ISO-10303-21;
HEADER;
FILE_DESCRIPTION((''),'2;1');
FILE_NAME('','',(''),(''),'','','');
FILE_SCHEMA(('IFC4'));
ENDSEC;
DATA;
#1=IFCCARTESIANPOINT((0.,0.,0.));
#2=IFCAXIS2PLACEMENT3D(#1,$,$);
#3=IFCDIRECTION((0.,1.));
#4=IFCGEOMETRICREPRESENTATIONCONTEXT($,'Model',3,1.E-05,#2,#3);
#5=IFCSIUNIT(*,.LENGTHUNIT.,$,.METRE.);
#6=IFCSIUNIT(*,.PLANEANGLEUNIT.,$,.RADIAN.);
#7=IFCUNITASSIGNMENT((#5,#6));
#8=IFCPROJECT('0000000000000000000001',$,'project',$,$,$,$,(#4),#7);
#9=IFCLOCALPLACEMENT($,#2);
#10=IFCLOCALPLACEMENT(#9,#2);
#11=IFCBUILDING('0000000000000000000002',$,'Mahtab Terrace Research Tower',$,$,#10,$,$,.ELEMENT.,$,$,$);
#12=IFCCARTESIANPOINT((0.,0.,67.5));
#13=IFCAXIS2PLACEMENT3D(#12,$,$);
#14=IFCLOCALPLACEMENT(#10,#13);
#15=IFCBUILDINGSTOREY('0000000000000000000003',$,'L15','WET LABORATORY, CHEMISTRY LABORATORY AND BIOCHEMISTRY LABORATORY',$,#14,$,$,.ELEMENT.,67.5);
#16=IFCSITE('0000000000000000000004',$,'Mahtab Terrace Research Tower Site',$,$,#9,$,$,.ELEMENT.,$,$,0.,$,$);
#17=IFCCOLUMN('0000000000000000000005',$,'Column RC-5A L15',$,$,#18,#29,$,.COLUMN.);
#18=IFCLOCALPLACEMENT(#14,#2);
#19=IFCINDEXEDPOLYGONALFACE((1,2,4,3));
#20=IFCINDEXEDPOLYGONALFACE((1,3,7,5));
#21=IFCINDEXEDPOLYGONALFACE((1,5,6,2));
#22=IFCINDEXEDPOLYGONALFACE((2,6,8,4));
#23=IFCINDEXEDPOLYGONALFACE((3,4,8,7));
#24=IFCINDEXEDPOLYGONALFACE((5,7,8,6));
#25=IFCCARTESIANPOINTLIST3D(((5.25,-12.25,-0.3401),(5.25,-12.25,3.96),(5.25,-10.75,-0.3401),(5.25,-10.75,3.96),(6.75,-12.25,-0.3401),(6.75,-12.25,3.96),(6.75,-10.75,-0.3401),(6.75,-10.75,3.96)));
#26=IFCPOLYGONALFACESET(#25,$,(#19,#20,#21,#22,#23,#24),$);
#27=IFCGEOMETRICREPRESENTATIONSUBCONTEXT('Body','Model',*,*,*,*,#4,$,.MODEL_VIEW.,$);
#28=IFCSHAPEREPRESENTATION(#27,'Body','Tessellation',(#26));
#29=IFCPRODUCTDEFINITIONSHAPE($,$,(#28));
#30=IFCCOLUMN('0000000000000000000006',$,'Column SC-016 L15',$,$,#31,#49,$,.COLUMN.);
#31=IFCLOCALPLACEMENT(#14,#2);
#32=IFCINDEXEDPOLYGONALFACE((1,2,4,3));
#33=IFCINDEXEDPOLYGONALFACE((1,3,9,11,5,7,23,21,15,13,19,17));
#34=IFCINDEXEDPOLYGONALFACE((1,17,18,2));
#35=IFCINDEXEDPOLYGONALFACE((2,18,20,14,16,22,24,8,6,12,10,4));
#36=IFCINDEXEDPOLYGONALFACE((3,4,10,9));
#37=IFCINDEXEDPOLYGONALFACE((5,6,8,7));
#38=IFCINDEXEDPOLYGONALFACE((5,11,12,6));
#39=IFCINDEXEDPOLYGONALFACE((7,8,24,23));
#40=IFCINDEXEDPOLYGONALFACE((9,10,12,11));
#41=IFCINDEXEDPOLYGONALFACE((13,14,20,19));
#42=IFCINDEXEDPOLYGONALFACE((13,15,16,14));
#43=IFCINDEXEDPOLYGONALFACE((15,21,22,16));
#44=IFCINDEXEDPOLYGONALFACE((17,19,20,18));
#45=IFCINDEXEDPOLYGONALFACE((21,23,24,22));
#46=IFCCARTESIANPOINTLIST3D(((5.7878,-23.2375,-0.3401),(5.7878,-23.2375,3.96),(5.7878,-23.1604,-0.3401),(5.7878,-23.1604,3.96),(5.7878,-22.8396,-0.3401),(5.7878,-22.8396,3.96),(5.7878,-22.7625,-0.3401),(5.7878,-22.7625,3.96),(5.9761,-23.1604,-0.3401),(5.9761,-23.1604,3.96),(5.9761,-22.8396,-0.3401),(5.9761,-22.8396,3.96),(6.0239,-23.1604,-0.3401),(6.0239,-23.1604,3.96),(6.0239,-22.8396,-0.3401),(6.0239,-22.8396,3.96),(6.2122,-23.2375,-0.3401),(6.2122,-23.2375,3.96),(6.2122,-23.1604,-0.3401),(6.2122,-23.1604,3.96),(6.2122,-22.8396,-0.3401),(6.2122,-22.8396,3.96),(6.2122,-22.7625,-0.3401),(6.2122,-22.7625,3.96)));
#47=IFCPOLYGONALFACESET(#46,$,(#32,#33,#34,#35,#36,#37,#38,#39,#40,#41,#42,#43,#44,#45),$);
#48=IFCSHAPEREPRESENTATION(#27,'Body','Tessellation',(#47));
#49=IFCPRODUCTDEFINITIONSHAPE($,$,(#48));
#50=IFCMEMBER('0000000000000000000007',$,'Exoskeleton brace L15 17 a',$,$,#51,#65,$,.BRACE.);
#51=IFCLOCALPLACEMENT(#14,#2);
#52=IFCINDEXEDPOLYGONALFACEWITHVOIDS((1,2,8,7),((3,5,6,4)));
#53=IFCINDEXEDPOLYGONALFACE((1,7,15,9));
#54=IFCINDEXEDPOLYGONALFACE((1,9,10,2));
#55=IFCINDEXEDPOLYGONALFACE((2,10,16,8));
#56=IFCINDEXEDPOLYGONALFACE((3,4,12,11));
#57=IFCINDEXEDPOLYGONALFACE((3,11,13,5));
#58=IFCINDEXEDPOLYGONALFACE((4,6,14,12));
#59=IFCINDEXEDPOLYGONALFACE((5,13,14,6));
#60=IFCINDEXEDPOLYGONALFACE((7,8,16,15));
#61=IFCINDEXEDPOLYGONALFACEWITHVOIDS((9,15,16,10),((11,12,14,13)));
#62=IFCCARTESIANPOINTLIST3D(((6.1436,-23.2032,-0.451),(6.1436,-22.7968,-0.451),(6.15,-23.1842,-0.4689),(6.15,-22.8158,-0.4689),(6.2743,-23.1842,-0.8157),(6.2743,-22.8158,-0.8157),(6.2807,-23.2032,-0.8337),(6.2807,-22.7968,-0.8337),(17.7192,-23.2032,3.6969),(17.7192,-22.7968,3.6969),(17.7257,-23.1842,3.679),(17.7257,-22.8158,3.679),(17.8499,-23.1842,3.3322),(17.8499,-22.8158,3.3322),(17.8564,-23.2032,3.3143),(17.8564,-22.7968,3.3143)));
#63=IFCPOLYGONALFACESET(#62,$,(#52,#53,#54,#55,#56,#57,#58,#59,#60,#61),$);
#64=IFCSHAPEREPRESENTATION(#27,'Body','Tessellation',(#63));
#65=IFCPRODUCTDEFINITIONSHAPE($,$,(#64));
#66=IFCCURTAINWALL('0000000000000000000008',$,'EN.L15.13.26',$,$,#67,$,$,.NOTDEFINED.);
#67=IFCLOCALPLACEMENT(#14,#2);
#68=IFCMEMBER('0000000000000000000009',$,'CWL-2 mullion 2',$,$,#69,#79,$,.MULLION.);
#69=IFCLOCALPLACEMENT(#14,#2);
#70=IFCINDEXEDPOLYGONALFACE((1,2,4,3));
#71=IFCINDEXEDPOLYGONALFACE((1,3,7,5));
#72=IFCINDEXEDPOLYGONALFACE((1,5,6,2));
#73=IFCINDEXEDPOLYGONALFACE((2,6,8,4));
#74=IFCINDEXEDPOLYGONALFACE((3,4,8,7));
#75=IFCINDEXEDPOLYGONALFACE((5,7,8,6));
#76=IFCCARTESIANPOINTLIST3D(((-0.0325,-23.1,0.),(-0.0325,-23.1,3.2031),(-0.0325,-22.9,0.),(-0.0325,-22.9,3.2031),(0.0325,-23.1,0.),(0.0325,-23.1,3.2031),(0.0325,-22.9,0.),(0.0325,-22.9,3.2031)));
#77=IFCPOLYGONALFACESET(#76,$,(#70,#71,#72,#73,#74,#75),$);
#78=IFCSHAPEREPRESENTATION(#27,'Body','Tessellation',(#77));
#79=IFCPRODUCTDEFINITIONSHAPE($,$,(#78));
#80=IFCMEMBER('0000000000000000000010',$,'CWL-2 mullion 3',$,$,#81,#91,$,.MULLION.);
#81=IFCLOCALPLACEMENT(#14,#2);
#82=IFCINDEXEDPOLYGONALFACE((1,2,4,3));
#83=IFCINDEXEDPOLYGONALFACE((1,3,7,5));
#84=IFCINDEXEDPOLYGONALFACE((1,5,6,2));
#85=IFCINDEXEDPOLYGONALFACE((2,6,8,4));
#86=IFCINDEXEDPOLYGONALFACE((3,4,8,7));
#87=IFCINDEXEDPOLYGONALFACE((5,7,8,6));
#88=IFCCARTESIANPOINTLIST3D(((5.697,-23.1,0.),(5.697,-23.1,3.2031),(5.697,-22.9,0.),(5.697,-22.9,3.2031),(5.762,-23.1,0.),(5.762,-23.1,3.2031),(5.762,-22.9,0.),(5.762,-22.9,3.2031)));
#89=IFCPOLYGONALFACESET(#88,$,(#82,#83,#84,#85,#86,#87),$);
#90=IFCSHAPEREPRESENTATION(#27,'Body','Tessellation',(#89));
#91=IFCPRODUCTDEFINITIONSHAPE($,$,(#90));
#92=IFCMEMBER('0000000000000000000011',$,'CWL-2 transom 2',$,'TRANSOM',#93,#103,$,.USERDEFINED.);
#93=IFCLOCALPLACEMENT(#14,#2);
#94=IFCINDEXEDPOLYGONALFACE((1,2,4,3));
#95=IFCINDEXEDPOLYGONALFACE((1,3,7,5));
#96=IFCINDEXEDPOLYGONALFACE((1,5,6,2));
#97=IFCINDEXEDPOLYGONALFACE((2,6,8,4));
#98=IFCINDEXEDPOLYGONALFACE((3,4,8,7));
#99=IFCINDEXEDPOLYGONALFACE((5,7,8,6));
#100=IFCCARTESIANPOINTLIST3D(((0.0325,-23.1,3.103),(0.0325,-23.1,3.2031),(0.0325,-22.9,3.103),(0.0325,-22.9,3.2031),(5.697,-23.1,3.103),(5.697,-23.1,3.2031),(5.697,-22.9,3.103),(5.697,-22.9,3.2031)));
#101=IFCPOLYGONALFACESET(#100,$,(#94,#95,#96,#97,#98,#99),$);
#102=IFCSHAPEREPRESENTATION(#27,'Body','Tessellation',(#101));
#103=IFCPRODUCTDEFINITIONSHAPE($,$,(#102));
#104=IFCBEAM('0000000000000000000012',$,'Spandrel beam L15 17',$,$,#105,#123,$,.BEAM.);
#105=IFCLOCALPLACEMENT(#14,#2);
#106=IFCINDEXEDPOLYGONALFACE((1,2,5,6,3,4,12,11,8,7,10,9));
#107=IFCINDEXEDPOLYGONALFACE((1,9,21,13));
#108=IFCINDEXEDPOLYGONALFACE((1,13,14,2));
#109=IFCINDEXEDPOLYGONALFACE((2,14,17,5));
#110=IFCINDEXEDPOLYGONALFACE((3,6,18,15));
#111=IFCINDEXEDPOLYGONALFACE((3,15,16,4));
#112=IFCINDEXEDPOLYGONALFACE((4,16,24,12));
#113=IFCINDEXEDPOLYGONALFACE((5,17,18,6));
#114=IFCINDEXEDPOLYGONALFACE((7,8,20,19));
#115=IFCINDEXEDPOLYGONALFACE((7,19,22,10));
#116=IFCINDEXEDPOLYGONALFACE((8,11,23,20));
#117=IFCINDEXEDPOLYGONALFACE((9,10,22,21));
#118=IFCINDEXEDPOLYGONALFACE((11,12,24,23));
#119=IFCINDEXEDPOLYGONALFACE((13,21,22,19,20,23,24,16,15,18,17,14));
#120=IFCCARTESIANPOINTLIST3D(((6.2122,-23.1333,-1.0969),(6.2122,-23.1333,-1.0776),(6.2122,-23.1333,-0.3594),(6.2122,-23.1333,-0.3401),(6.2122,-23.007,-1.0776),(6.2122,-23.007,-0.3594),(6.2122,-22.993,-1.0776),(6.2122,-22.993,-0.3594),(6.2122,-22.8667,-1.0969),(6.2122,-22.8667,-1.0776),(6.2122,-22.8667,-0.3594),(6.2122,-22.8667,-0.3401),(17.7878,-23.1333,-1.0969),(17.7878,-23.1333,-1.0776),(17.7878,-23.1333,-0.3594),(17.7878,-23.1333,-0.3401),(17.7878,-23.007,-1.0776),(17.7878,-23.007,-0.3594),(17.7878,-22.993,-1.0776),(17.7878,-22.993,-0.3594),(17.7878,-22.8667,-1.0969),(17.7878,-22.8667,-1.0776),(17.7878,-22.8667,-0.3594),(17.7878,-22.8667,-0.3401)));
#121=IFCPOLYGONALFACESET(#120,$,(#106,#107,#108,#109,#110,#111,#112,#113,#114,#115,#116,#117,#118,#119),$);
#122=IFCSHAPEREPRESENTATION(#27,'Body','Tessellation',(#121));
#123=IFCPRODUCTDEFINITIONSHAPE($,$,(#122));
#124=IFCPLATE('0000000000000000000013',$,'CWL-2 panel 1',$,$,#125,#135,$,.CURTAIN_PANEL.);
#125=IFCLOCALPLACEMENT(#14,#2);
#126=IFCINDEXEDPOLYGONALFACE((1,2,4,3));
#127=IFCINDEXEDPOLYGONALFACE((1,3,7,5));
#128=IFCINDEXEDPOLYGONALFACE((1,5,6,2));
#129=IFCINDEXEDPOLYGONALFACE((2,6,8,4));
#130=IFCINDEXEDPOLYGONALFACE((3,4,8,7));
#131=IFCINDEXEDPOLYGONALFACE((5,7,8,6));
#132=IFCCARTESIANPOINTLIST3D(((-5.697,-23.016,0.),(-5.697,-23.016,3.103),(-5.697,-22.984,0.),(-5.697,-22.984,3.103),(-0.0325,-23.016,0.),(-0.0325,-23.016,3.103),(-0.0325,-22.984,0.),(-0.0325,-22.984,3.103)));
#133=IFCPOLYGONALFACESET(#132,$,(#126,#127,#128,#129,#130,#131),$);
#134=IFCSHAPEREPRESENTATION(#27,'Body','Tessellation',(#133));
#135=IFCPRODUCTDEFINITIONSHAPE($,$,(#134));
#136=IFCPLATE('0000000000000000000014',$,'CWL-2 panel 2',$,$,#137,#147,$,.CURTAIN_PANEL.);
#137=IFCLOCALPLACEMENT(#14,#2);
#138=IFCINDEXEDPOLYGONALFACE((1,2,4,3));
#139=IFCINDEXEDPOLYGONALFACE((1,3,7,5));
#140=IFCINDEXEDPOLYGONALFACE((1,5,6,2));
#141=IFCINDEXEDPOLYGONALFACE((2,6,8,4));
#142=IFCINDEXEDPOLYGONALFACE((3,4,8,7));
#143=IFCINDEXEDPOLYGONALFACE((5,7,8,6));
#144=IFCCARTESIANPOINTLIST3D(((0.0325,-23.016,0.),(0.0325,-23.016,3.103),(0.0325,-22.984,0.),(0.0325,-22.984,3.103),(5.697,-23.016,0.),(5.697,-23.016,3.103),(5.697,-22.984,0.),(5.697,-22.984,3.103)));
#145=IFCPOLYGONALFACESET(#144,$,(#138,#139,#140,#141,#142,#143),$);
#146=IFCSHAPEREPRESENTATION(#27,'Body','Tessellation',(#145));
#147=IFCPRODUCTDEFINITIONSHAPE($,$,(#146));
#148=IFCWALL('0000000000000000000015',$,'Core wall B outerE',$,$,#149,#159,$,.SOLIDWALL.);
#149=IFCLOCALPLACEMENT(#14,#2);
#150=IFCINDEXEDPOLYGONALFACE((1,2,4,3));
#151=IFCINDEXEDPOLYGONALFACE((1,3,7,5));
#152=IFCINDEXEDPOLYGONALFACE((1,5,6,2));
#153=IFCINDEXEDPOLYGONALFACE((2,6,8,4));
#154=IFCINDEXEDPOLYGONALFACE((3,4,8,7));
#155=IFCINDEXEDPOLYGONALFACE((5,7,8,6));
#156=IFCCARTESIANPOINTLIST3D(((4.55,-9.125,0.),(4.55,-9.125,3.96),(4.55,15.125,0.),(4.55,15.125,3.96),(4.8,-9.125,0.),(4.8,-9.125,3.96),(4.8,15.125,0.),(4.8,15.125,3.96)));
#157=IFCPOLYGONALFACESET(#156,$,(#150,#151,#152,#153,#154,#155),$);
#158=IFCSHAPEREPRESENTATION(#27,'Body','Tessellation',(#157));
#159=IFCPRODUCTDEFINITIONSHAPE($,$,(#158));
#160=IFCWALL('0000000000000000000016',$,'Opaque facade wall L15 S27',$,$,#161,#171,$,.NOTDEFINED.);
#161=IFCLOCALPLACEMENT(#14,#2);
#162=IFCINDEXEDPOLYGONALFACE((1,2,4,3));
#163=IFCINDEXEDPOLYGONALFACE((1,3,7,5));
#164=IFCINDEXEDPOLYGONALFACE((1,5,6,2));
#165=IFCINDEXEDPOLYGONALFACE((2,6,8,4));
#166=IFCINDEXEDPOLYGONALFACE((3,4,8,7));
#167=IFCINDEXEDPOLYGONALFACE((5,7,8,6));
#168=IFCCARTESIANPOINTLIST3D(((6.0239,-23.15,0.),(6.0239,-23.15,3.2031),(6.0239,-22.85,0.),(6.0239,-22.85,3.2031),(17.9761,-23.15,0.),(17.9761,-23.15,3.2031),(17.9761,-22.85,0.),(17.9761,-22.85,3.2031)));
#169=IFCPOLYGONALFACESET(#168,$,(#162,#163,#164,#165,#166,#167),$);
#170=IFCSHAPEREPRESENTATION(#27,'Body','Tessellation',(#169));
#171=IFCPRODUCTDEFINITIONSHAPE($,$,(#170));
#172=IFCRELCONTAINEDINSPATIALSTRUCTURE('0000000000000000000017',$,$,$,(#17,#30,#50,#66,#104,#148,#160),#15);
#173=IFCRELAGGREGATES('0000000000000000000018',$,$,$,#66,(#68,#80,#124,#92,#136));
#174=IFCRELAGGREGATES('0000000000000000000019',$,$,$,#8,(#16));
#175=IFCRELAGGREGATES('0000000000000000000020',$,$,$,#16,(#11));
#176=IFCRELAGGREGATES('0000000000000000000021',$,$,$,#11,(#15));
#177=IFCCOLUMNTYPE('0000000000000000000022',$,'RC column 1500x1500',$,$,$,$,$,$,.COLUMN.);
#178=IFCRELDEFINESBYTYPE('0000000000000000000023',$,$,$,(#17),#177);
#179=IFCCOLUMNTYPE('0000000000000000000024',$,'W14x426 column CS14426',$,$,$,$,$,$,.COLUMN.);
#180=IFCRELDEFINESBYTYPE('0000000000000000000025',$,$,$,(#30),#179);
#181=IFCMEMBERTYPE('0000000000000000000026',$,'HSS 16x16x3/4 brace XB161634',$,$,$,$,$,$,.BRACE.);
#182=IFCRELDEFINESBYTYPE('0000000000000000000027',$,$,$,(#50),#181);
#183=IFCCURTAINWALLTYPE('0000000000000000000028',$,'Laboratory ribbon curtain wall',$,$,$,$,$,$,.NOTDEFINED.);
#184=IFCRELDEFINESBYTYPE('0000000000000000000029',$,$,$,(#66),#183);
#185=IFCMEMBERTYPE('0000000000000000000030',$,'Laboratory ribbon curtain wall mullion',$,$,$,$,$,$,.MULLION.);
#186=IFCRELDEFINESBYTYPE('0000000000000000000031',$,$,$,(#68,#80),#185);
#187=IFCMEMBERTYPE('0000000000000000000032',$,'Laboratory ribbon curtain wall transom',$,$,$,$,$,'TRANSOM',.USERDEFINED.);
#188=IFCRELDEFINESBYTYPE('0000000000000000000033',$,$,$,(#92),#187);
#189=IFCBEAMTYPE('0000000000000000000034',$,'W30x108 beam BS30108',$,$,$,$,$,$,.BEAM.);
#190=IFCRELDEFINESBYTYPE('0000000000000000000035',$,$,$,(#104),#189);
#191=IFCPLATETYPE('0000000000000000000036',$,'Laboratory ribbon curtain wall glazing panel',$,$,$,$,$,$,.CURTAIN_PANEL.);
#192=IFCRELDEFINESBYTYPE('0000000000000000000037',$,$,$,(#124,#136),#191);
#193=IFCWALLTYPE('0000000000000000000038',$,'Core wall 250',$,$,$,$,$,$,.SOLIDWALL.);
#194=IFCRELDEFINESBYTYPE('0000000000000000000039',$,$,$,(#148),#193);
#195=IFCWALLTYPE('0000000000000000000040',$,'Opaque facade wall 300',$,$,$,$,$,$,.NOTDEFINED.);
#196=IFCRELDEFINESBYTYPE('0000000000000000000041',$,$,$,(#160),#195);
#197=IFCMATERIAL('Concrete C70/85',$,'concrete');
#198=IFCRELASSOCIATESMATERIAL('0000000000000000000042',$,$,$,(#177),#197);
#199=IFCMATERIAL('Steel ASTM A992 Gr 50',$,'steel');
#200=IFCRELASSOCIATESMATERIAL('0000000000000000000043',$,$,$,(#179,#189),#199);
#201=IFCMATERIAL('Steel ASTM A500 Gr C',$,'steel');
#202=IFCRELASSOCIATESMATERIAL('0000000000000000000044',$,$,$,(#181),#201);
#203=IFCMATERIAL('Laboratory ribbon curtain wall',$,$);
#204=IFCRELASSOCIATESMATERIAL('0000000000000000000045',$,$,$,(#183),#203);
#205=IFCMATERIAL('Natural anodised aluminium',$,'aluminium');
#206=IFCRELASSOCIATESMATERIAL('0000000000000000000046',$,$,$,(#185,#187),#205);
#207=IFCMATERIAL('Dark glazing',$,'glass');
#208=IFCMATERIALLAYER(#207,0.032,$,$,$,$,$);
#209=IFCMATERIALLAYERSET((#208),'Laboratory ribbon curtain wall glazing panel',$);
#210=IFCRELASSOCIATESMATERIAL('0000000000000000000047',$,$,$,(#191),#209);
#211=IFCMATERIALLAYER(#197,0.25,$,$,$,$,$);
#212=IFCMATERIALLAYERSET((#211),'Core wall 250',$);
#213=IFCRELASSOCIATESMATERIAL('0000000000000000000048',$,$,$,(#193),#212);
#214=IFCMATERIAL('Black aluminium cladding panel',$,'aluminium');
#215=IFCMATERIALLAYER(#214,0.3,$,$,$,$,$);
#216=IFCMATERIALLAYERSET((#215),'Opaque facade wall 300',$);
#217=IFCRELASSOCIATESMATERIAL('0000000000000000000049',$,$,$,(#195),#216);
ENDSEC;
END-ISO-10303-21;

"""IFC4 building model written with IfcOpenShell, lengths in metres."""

from ifc_helpers import new_model, si_unit, direction, frame, frame_2d, origin, origin_2d, place, context, subcontext, project, spatial, rectangle, hollow_rectangle, i_section, extrude, material, layer, layer_set, material_profile, profile_set, type_object, element, aggregate, save


model = new_model("IFC4")

# Units and contexts
model_context = context("Model", 3, precision=1e-05, world=origin(), true_north=direction((0.0, 1.0)))
body_context = subcontext(model_context, "Body", "Model", "MODEL_VIEW")
ifc_project = project(units=[si_unit("LENGTHUNIT", "METRE"), si_unit("PLANEANGLEUNIT", "RADIAN")], contexts=[model_context])

# Site, building, storey
site_placement = place(None, origin())
site = spatial("IfcSite", under=ifc_project, at=site_placement, Name="Mahtab Terrace Research Tower Site", CompositionType="ELEMENT", RefElevation=0.0)
building_placement = place(site_placement, origin())
building = spatial("IfcBuilding", under=site, at=building_placement, Name="Mahtab Terrace Research Tower", CompositionType="ELEMENT")
storey_placement = place(building_placement, frame((0.0, 0.0, 67.5)))
storey = spatial("IfcBuildingStorey", under=building, at=storey_placement, Name="L15", Description="WET LABORATORY, CHEMISTRY LABORATORY AND BIOCHEMISTRY LABORATORY", CompositionType="ELEMENT", Elevation=67.5)

# Columns
ifc_material_1 = material(Name="Concrete C70/85", Category="concrete")
ifc_material_profile_1 = material_profile(ifc_material_1, rectangle(XDim=1.5, YDim=1.5, at=origin_2d()), Name="RC column 1500x1500")
ifc_profile_set_1 = profile_set([ifc_material_profile_1], Name="Concrete C70/85")
column_type_1 = type_object("IfcColumnType", Name="RC column 1500x1500", PredefinedType="COLUMN", material=ifc_profile_set_1)
column_1_placement = place(storey_placement, frame((6.0, -11.5, -0.3401), z_axis=(0.0, 0.0, 1.0), x_axis=(1.0, 0.0, 0.0)))
element("IfcColumn", 1, at=column_1_placement, inside=storey, type_object=column_type_1, Name="Column RC-5A L15", PredefinedType="COLUMN", context=body_context, shape_type="SweptSolid", body=[
    extrude(rectangle(XDim=1.5, YDim=1.5, at=origin_2d()), origin(), (0.0, 0.0, 1.0), 4.3),
])
ifc_material_2 = material(Name="Steel ASTM A992 Gr 50", Category="steel")
ifc_material_profile_2 = material_profile(ifc_material_2, i_section(OverallWidth=0.4243, OverallDepth=0.4751, WebThickness=0.0479, FlangeThickness=0.0771, at=origin_2d()), Name="W14X426")
ifc_profile_set_2 = profile_set([ifc_material_profile_2], Name="Steel ASTM A992 Gr 50")
column_type_2 = type_object("IfcColumnType", Name="W14x426 column CS14426", PredefinedType="COLUMN", material=ifc_profile_set_2)
column_2_placement = place(storey_placement, frame((6.0, -23.0, -0.3401), z_axis=(0.0, 0.0, 1.0), x_axis=(1.0, 0.0, 0.0)))
element("IfcColumn", 2, at=column_2_placement, inside=storey, type_object=column_type_2, Name="Column SC-016 L15", PredefinedType="COLUMN", context=body_context, shape_type="SweptSolid", body=[
    extrude(i_section(OverallWidth=0.4243, OverallDepth=0.4751, WebThickness=0.0479, FlangeThickness=0.0771, at=origin_2d()), origin(), (0.0, 0.0, 1.0), 4.3),
])

# Member
ifc_material_3 = material(Name="Steel ASTM A500 Gr C", Category="steel")
ifc_material_profile_3 = material_profile(ifc_material_3, hollow_rectangle(XDim=0.4065, YDim=0.4065, WallThickness=0.019, at=origin_2d()), Name="HSS16X16X3/4")
ifc_profile_set_3 = profile_set([ifc_material_profile_3], Name="Steel ASTM A500 Gr C")
member_type_1 = type_object("IfcMemberType", Name="HSS 16x16x3/4 brace XB161634", PredefinedType="BRACE", material=ifc_profile_set_3)
member_1_placement = place(storey_placement, frame((6.2122, -23.0, -0.6423), z_axis=(0.941387, 0.0, 0.33733), x_axis=(0.0, 1.0, 0.0)))
element("IfcMember", 3, at=member_1_placement, inside=storey, type_object=member_type_1, Name="Exoskeleton brace L15 17 a", PredefinedType="BRACE", context=body_context, shape_type="SweptSolid", body=[
    extrude(hollow_rectangle(XDim=0.4065, YDim=0.4065, WallThickness=0.019, at=origin_2d()), origin(), (0.0, 0.0, 1.0), 12.2964),
])

# Curtain wall, members
ifc_material_4 = material(Name="Laboratory ribbon curtain wall")
curtain_wall_type = type_object("IfcCurtainWallType", Name="Laboratory ribbon curtain wall", PredefinedType="NOTDEFINED", material=ifc_material_4)
curtain_wall_placement = place(storey_placement, origin())
curtain_wall = element("IfcCurtainWall", 4, at=curtain_wall_placement, inside=storey, type_object=curtain_wall_type, Name="EN.L15.13.26", PredefinedType="NOTDEFINED")
ifc_material_5 = material(Name="Natural anodised aluminium", Category="aluminium")
ifc_material_profile_4 = material_profile(ifc_material_5, rectangle(XDim=0.2, YDim=0.0649, at=origin_2d()), Name="MULLION 65x200")
ifc_profile_set_4 = profile_set([ifc_material_profile_4], Name="Natural anodised aluminium")
member_type_2 = type_object("IfcMemberType", Name="Laboratory ribbon curtain wall mullion", PredefinedType="MULLION", material=ifc_profile_set_4)
member_2_placement = place(storey_placement, frame((0.0, -23.0, 0.0), z_axis=(0.0, 0.0, 1.0), x_axis=(0.0, 1.0, 0.0)))
member_2 = element("IfcMember", 5, at=member_2_placement, type_object=member_type_2, Name="CWL-2 mullion 2", PredefinedType="MULLION", context=body_context, shape_type="SweptSolid", body=[
    extrude(rectangle(XDim=0.2, YDim=0.0649, at=origin_2d()), origin(), (0.0, 0.0, 1.0), 3.2031),
])
member_3_placement = place(storey_placement, frame((5.7295, -23.0, 0.0), z_axis=(0.0, 0.0, 1.0), x_axis=(0.0, 1.0, 0.0)))
member_3 = element("IfcMember", 6, at=member_3_placement, type_object=member_type_2, Name="CWL-2 mullion 3", PredefinedType="MULLION", context=body_context, shape_type="SweptSolid", body=[
    extrude(rectangle(XDim=0.2, YDim=0.0649, at=origin_2d()), origin(), (0.0, 0.0, 1.0), 3.2031),
])
ifc_material_profile_5 = material_profile(ifc_material_5, rectangle(XDim=0.2, YDim=0.1001, at=origin_2d()), Name="TRANSOM 100x200")
ifc_profile_set_5 = profile_set([ifc_material_profile_5], Name="Natural anodised aluminium")
member_type_3 = type_object("IfcMemberType", Name="Laboratory ribbon curtain wall transom", ElementType="TRANSOM", PredefinedType="USERDEFINED", material=ifc_profile_set_5)
member_4_placement = place(storey_placement, frame((0.0325, -23.0, 3.1531), z_axis=(1.0, 0.0, 0.0), x_axis=(0.0, 1.0, 0.0)))
member_4 = element("IfcMember", 7, at=member_4_placement, type_object=member_type_3, Name="CWL-2 transom 2", ObjectType="TRANSOM", PredefinedType="USERDEFINED", context=body_context, shape_type="SweptSolid", body=[
    extrude(rectangle(XDim=0.2, YDim=0.1001, at=origin_2d()), origin(), (0.0, 0.0, 1.0), 5.6646),
])

# Beam
ifc_material_profile_6 = material_profile(ifc_material_2, i_section(OverallWidth=0.2666, OverallDepth=0.7568, WebThickness=0.0139, FlangeThickness=0.0193, at=origin_2d()), Name="W30X108")
ifc_profile_set_6 = profile_set([ifc_material_profile_6], Name="Steel ASTM A992 Gr 50")
beam_type = type_object("IfcBeamType", Name="W30x108 beam BS30108", PredefinedType="BEAM", material=ifc_profile_set_6)
beam_placement = place(storey_placement, frame((6.2122, -23.0, -0.7185), z_axis=(1.0, 0.0, 0.0), x_axis=(0.0, 1.0, 0.0)))
element("IfcBeam", 8, at=beam_placement, inside=storey, type_object=beam_type, Name="Spandrel beam L15 17", PredefinedType="BEAM", context=body_context, shape_type="SweptSolid", body=[
    extrude(i_section(OverallWidth=0.2666, OverallDepth=0.7568, WebThickness=0.0139, FlangeThickness=0.0193, at=origin_2d()), origin(), (0.0, 0.0, 1.0), 11.5757),
])

# Plates
ifc_material_6 = material(Name="Dark glazing", Category="glass")
ifc_layer_1 = layer(ifc_material_6, 0.032)
ifc_layer_set_1 = layer_set([ifc_layer_1], Name="Laboratory ribbon curtain wall glazing panel")
plate_type = type_object("IfcPlateType", Name="Laboratory ribbon curtain wall glazing panel", PredefinedType="CURTAIN_PANEL", material=ifc_layer_set_1)
plate_1_placement = place(storey_placement, frame((-2.8647, -23.0, 0.0), z_axis=(0.0, 0.0, 1.0), x_axis=(1.0, 0.0, 0.0)))
plate_1 = element("IfcPlate", 9, at=plate_1_placement, type_object=plate_type, Name="CWL-2 panel 1", PredefinedType="CURTAIN_PANEL", context=body_context, shape_type="SweptSolid", body=[
    extrude(rectangle(XDim=5.6646, YDim=0.032, at=origin_2d()), origin(), (0.0, 0.0, 1.0), 3.103),
])
plate_2_placement = place(storey_placement, frame((2.8647, -23.0, 0.0), z_axis=(0.0, 0.0, 1.0), x_axis=(1.0, 0.0, 0.0)))
plate_2 = element("IfcPlate", 10, at=plate_2_placement, type_object=plate_type, Name="CWL-2 panel 2", PredefinedType="CURTAIN_PANEL", context=body_context, shape_type="SweptSolid", body=[
    extrude(rectangle(XDim=5.6646, YDim=0.032, at=origin_2d()), origin(), (0.0, 0.0, 1.0), 3.103),
])
aggregate(curtain_wall, [member_2, member_3, plate_1, member_4, plate_2])

# Walls
ifc_layer_2 = layer(ifc_material_1, 0.25)
ifc_layer_set_2 = layer_set([ifc_layer_2], Name="Core wall 250")
wall_type_1 = type_object("IfcWallType", Name="Core wall 250", PredefinedType="SOLIDWALL", material=ifc_layer_set_2)
wall_1_placement = place(storey_placement, frame((4.675, -9.125, 0.0), z_axis=(0.0, 0.0, 1.0), x_axis=(0.0, 1.0, 0.0)))
element("IfcWall", 11, at=wall_1_placement, inside=storey, type_object=wall_type_1, Name="Core wall B outerE", PredefinedType="SOLIDWALL", context=body_context, shape_type="SweptSolid", body=[
    extrude(rectangle(XDim=24.25, YDim=0.25, at=frame_2d((12.125, 0.0))), origin(), (0.0, 0.0, 1.0), 3.96),
])
ifc_material_7 = material(Name="Black aluminium cladding panel", Category="aluminium")
ifc_layer_3 = layer(ifc_material_7, 0.3)
ifc_layer_set_3 = layer_set([ifc_layer_3], Name="Opaque facade wall 300")
wall_type_2 = type_object("IfcWallType", Name="Opaque facade wall 300", PredefinedType="NOTDEFINED", material=ifc_layer_set_3)
wall_2_placement = place(storey_placement, frame((6.0239, -23.0, 0.0), z_axis=(0.0, 0.0, 1.0), x_axis=(1.0, 0.0, 0.0)))
element("IfcWall", 12, at=wall_2_placement, inside=storey, type_object=wall_type_2, Name="Opaque facade wall L15 S27", PredefinedType="NOTDEFINED", context=body_context, shape_type="SweptSolid", body=[
    extrude(rectangle(XDim=11.9521, YDim=0.3, at=frame_2d((5.9761, 0.0))), origin(), (0.0, 0.0, 1.0), 3.2031),
])

save(model, "model.ifc")
